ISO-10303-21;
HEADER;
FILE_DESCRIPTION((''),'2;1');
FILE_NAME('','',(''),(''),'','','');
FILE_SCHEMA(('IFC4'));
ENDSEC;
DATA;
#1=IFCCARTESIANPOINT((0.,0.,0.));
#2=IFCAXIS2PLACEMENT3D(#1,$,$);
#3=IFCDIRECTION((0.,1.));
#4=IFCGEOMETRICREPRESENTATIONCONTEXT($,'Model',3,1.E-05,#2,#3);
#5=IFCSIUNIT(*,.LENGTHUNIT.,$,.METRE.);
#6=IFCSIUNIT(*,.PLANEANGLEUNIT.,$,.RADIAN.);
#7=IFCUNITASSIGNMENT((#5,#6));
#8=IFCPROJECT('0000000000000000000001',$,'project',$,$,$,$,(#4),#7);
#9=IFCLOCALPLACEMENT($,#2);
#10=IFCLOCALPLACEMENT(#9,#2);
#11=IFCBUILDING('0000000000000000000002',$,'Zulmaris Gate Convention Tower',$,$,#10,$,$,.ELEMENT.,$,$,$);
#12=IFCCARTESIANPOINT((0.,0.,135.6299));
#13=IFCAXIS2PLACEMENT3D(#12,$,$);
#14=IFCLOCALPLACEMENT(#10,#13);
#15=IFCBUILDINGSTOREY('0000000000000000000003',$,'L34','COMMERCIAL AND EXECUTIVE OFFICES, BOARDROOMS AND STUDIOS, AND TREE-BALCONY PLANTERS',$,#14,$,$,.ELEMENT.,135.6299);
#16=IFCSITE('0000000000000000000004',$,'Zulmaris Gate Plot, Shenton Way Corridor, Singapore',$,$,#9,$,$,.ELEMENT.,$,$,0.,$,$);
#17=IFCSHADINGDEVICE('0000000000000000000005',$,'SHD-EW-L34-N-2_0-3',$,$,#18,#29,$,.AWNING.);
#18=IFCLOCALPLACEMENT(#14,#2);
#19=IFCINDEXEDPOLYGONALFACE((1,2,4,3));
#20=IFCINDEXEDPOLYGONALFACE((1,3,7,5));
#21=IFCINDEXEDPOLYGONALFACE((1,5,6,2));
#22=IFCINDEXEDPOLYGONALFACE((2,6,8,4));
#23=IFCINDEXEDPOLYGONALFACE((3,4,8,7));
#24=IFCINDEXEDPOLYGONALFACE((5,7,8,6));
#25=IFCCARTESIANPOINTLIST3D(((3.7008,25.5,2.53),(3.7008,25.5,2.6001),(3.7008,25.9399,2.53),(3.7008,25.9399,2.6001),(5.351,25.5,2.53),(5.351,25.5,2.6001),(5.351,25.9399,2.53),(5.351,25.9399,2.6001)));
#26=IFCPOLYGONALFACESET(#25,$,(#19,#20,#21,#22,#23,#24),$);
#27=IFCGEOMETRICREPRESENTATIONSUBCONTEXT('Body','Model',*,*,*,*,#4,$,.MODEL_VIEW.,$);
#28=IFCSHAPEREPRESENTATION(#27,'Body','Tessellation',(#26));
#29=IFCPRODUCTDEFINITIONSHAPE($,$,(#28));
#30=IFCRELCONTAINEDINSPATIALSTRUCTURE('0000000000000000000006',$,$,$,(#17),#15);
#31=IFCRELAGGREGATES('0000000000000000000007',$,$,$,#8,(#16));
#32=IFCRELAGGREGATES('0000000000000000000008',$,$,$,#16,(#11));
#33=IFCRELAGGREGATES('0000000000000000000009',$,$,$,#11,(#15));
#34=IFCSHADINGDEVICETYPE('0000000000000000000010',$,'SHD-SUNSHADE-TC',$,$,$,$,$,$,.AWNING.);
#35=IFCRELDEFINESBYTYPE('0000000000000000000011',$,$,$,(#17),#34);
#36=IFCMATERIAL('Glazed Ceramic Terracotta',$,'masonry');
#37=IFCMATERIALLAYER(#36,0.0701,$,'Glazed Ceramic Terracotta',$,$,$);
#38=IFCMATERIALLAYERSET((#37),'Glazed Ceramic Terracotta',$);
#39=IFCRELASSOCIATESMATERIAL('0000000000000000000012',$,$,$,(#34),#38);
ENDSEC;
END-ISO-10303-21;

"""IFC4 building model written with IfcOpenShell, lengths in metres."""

from ifc_helpers import new_model, si_unit, direction, frame, frame_2d, origin, place, context, subcontext, project, spatial, rectangle, extrude, material, layer, layer_set, type_object, element, save


model = new_model("IFC4")

# Units and contexts
model_context = context("Model", 3, precision=1e-05, world=origin(), true_north=direction((0.0, 1.0)))
body_context = subcontext(model_context, "Body", "Model", "MODEL_VIEW")
ifc_project = project(units=[si_unit("LENGTHUNIT", "METRE"), si_unit("PLANEANGLEUNIT", "RADIAN")], contexts=[model_context])

# Site, building, storey
site_placement = place(None, origin())
site = spatial("IfcSite", under=ifc_project, at=site_placement, Name="Zulmaris Gate Plot, Shenton Way Corridor, Singapore", CompositionType="ELEMENT", RefElevation=0.0)
building_placement = place(site_placement, origin())
building = spatial("IfcBuilding", under=site, at=building_placement, Name="Zulmaris Gate Convention Tower", CompositionType="ELEMENT")
storey_placement = place(building_placement, frame((0.0, 0.0, 135.6299)))
storey = spatial("IfcBuildingStorey", under=building, at=storey_placement, Name="L34", Description="COMMERCIAL AND EXECUTIVE OFFICES, BOARDROOMS AND STUDIOS, AND TREE-BALCONY PLANTERS", CompositionType="ELEMENT", Elevation=135.6299)

# Shading device
ifc_material_1 = material(Name="Glazed Ceramic Terracotta", Category="masonry")
ifc_layer_1 = layer(ifc_material_1, 0.0701, Name="Glazed Ceramic Terracotta")
ifc_layer_set_1 = layer_set([ifc_layer_1], Name="Glazed Ceramic Terracotta")
shading_device_type = type_object("IfcShadingDeviceType", Name="SHD-SUNSHADE-TC", PredefinedType="AWNING", material=ifc_layer_set_1)
for number, where, z_axis, x_axis, name in (
    (1, (5.3511, 25.72, 2.53), (0.0, 0.0, 1.0), (-1.0, 0.0, 0.0), "SHD-EW-L34-N-2_0-3"),
):
    element("IfcShadingDevice", number, at=place(storey_placement, frame(where, z_axis=z_axis, x_axis=x_axis)), inside=storey, type_object=shading_device_type, Name=name, PredefinedType="AWNING", context=body_context, shape_type="SweptSolid", body=[
        extrude(rectangle(XDim=1.6501, YDim=0.4399, at=frame_2d((0.8252, 0.0))), origin(), (0.0, 0.0, 1.0), 0.0701),
    ])

save(model, "model.ifc")
